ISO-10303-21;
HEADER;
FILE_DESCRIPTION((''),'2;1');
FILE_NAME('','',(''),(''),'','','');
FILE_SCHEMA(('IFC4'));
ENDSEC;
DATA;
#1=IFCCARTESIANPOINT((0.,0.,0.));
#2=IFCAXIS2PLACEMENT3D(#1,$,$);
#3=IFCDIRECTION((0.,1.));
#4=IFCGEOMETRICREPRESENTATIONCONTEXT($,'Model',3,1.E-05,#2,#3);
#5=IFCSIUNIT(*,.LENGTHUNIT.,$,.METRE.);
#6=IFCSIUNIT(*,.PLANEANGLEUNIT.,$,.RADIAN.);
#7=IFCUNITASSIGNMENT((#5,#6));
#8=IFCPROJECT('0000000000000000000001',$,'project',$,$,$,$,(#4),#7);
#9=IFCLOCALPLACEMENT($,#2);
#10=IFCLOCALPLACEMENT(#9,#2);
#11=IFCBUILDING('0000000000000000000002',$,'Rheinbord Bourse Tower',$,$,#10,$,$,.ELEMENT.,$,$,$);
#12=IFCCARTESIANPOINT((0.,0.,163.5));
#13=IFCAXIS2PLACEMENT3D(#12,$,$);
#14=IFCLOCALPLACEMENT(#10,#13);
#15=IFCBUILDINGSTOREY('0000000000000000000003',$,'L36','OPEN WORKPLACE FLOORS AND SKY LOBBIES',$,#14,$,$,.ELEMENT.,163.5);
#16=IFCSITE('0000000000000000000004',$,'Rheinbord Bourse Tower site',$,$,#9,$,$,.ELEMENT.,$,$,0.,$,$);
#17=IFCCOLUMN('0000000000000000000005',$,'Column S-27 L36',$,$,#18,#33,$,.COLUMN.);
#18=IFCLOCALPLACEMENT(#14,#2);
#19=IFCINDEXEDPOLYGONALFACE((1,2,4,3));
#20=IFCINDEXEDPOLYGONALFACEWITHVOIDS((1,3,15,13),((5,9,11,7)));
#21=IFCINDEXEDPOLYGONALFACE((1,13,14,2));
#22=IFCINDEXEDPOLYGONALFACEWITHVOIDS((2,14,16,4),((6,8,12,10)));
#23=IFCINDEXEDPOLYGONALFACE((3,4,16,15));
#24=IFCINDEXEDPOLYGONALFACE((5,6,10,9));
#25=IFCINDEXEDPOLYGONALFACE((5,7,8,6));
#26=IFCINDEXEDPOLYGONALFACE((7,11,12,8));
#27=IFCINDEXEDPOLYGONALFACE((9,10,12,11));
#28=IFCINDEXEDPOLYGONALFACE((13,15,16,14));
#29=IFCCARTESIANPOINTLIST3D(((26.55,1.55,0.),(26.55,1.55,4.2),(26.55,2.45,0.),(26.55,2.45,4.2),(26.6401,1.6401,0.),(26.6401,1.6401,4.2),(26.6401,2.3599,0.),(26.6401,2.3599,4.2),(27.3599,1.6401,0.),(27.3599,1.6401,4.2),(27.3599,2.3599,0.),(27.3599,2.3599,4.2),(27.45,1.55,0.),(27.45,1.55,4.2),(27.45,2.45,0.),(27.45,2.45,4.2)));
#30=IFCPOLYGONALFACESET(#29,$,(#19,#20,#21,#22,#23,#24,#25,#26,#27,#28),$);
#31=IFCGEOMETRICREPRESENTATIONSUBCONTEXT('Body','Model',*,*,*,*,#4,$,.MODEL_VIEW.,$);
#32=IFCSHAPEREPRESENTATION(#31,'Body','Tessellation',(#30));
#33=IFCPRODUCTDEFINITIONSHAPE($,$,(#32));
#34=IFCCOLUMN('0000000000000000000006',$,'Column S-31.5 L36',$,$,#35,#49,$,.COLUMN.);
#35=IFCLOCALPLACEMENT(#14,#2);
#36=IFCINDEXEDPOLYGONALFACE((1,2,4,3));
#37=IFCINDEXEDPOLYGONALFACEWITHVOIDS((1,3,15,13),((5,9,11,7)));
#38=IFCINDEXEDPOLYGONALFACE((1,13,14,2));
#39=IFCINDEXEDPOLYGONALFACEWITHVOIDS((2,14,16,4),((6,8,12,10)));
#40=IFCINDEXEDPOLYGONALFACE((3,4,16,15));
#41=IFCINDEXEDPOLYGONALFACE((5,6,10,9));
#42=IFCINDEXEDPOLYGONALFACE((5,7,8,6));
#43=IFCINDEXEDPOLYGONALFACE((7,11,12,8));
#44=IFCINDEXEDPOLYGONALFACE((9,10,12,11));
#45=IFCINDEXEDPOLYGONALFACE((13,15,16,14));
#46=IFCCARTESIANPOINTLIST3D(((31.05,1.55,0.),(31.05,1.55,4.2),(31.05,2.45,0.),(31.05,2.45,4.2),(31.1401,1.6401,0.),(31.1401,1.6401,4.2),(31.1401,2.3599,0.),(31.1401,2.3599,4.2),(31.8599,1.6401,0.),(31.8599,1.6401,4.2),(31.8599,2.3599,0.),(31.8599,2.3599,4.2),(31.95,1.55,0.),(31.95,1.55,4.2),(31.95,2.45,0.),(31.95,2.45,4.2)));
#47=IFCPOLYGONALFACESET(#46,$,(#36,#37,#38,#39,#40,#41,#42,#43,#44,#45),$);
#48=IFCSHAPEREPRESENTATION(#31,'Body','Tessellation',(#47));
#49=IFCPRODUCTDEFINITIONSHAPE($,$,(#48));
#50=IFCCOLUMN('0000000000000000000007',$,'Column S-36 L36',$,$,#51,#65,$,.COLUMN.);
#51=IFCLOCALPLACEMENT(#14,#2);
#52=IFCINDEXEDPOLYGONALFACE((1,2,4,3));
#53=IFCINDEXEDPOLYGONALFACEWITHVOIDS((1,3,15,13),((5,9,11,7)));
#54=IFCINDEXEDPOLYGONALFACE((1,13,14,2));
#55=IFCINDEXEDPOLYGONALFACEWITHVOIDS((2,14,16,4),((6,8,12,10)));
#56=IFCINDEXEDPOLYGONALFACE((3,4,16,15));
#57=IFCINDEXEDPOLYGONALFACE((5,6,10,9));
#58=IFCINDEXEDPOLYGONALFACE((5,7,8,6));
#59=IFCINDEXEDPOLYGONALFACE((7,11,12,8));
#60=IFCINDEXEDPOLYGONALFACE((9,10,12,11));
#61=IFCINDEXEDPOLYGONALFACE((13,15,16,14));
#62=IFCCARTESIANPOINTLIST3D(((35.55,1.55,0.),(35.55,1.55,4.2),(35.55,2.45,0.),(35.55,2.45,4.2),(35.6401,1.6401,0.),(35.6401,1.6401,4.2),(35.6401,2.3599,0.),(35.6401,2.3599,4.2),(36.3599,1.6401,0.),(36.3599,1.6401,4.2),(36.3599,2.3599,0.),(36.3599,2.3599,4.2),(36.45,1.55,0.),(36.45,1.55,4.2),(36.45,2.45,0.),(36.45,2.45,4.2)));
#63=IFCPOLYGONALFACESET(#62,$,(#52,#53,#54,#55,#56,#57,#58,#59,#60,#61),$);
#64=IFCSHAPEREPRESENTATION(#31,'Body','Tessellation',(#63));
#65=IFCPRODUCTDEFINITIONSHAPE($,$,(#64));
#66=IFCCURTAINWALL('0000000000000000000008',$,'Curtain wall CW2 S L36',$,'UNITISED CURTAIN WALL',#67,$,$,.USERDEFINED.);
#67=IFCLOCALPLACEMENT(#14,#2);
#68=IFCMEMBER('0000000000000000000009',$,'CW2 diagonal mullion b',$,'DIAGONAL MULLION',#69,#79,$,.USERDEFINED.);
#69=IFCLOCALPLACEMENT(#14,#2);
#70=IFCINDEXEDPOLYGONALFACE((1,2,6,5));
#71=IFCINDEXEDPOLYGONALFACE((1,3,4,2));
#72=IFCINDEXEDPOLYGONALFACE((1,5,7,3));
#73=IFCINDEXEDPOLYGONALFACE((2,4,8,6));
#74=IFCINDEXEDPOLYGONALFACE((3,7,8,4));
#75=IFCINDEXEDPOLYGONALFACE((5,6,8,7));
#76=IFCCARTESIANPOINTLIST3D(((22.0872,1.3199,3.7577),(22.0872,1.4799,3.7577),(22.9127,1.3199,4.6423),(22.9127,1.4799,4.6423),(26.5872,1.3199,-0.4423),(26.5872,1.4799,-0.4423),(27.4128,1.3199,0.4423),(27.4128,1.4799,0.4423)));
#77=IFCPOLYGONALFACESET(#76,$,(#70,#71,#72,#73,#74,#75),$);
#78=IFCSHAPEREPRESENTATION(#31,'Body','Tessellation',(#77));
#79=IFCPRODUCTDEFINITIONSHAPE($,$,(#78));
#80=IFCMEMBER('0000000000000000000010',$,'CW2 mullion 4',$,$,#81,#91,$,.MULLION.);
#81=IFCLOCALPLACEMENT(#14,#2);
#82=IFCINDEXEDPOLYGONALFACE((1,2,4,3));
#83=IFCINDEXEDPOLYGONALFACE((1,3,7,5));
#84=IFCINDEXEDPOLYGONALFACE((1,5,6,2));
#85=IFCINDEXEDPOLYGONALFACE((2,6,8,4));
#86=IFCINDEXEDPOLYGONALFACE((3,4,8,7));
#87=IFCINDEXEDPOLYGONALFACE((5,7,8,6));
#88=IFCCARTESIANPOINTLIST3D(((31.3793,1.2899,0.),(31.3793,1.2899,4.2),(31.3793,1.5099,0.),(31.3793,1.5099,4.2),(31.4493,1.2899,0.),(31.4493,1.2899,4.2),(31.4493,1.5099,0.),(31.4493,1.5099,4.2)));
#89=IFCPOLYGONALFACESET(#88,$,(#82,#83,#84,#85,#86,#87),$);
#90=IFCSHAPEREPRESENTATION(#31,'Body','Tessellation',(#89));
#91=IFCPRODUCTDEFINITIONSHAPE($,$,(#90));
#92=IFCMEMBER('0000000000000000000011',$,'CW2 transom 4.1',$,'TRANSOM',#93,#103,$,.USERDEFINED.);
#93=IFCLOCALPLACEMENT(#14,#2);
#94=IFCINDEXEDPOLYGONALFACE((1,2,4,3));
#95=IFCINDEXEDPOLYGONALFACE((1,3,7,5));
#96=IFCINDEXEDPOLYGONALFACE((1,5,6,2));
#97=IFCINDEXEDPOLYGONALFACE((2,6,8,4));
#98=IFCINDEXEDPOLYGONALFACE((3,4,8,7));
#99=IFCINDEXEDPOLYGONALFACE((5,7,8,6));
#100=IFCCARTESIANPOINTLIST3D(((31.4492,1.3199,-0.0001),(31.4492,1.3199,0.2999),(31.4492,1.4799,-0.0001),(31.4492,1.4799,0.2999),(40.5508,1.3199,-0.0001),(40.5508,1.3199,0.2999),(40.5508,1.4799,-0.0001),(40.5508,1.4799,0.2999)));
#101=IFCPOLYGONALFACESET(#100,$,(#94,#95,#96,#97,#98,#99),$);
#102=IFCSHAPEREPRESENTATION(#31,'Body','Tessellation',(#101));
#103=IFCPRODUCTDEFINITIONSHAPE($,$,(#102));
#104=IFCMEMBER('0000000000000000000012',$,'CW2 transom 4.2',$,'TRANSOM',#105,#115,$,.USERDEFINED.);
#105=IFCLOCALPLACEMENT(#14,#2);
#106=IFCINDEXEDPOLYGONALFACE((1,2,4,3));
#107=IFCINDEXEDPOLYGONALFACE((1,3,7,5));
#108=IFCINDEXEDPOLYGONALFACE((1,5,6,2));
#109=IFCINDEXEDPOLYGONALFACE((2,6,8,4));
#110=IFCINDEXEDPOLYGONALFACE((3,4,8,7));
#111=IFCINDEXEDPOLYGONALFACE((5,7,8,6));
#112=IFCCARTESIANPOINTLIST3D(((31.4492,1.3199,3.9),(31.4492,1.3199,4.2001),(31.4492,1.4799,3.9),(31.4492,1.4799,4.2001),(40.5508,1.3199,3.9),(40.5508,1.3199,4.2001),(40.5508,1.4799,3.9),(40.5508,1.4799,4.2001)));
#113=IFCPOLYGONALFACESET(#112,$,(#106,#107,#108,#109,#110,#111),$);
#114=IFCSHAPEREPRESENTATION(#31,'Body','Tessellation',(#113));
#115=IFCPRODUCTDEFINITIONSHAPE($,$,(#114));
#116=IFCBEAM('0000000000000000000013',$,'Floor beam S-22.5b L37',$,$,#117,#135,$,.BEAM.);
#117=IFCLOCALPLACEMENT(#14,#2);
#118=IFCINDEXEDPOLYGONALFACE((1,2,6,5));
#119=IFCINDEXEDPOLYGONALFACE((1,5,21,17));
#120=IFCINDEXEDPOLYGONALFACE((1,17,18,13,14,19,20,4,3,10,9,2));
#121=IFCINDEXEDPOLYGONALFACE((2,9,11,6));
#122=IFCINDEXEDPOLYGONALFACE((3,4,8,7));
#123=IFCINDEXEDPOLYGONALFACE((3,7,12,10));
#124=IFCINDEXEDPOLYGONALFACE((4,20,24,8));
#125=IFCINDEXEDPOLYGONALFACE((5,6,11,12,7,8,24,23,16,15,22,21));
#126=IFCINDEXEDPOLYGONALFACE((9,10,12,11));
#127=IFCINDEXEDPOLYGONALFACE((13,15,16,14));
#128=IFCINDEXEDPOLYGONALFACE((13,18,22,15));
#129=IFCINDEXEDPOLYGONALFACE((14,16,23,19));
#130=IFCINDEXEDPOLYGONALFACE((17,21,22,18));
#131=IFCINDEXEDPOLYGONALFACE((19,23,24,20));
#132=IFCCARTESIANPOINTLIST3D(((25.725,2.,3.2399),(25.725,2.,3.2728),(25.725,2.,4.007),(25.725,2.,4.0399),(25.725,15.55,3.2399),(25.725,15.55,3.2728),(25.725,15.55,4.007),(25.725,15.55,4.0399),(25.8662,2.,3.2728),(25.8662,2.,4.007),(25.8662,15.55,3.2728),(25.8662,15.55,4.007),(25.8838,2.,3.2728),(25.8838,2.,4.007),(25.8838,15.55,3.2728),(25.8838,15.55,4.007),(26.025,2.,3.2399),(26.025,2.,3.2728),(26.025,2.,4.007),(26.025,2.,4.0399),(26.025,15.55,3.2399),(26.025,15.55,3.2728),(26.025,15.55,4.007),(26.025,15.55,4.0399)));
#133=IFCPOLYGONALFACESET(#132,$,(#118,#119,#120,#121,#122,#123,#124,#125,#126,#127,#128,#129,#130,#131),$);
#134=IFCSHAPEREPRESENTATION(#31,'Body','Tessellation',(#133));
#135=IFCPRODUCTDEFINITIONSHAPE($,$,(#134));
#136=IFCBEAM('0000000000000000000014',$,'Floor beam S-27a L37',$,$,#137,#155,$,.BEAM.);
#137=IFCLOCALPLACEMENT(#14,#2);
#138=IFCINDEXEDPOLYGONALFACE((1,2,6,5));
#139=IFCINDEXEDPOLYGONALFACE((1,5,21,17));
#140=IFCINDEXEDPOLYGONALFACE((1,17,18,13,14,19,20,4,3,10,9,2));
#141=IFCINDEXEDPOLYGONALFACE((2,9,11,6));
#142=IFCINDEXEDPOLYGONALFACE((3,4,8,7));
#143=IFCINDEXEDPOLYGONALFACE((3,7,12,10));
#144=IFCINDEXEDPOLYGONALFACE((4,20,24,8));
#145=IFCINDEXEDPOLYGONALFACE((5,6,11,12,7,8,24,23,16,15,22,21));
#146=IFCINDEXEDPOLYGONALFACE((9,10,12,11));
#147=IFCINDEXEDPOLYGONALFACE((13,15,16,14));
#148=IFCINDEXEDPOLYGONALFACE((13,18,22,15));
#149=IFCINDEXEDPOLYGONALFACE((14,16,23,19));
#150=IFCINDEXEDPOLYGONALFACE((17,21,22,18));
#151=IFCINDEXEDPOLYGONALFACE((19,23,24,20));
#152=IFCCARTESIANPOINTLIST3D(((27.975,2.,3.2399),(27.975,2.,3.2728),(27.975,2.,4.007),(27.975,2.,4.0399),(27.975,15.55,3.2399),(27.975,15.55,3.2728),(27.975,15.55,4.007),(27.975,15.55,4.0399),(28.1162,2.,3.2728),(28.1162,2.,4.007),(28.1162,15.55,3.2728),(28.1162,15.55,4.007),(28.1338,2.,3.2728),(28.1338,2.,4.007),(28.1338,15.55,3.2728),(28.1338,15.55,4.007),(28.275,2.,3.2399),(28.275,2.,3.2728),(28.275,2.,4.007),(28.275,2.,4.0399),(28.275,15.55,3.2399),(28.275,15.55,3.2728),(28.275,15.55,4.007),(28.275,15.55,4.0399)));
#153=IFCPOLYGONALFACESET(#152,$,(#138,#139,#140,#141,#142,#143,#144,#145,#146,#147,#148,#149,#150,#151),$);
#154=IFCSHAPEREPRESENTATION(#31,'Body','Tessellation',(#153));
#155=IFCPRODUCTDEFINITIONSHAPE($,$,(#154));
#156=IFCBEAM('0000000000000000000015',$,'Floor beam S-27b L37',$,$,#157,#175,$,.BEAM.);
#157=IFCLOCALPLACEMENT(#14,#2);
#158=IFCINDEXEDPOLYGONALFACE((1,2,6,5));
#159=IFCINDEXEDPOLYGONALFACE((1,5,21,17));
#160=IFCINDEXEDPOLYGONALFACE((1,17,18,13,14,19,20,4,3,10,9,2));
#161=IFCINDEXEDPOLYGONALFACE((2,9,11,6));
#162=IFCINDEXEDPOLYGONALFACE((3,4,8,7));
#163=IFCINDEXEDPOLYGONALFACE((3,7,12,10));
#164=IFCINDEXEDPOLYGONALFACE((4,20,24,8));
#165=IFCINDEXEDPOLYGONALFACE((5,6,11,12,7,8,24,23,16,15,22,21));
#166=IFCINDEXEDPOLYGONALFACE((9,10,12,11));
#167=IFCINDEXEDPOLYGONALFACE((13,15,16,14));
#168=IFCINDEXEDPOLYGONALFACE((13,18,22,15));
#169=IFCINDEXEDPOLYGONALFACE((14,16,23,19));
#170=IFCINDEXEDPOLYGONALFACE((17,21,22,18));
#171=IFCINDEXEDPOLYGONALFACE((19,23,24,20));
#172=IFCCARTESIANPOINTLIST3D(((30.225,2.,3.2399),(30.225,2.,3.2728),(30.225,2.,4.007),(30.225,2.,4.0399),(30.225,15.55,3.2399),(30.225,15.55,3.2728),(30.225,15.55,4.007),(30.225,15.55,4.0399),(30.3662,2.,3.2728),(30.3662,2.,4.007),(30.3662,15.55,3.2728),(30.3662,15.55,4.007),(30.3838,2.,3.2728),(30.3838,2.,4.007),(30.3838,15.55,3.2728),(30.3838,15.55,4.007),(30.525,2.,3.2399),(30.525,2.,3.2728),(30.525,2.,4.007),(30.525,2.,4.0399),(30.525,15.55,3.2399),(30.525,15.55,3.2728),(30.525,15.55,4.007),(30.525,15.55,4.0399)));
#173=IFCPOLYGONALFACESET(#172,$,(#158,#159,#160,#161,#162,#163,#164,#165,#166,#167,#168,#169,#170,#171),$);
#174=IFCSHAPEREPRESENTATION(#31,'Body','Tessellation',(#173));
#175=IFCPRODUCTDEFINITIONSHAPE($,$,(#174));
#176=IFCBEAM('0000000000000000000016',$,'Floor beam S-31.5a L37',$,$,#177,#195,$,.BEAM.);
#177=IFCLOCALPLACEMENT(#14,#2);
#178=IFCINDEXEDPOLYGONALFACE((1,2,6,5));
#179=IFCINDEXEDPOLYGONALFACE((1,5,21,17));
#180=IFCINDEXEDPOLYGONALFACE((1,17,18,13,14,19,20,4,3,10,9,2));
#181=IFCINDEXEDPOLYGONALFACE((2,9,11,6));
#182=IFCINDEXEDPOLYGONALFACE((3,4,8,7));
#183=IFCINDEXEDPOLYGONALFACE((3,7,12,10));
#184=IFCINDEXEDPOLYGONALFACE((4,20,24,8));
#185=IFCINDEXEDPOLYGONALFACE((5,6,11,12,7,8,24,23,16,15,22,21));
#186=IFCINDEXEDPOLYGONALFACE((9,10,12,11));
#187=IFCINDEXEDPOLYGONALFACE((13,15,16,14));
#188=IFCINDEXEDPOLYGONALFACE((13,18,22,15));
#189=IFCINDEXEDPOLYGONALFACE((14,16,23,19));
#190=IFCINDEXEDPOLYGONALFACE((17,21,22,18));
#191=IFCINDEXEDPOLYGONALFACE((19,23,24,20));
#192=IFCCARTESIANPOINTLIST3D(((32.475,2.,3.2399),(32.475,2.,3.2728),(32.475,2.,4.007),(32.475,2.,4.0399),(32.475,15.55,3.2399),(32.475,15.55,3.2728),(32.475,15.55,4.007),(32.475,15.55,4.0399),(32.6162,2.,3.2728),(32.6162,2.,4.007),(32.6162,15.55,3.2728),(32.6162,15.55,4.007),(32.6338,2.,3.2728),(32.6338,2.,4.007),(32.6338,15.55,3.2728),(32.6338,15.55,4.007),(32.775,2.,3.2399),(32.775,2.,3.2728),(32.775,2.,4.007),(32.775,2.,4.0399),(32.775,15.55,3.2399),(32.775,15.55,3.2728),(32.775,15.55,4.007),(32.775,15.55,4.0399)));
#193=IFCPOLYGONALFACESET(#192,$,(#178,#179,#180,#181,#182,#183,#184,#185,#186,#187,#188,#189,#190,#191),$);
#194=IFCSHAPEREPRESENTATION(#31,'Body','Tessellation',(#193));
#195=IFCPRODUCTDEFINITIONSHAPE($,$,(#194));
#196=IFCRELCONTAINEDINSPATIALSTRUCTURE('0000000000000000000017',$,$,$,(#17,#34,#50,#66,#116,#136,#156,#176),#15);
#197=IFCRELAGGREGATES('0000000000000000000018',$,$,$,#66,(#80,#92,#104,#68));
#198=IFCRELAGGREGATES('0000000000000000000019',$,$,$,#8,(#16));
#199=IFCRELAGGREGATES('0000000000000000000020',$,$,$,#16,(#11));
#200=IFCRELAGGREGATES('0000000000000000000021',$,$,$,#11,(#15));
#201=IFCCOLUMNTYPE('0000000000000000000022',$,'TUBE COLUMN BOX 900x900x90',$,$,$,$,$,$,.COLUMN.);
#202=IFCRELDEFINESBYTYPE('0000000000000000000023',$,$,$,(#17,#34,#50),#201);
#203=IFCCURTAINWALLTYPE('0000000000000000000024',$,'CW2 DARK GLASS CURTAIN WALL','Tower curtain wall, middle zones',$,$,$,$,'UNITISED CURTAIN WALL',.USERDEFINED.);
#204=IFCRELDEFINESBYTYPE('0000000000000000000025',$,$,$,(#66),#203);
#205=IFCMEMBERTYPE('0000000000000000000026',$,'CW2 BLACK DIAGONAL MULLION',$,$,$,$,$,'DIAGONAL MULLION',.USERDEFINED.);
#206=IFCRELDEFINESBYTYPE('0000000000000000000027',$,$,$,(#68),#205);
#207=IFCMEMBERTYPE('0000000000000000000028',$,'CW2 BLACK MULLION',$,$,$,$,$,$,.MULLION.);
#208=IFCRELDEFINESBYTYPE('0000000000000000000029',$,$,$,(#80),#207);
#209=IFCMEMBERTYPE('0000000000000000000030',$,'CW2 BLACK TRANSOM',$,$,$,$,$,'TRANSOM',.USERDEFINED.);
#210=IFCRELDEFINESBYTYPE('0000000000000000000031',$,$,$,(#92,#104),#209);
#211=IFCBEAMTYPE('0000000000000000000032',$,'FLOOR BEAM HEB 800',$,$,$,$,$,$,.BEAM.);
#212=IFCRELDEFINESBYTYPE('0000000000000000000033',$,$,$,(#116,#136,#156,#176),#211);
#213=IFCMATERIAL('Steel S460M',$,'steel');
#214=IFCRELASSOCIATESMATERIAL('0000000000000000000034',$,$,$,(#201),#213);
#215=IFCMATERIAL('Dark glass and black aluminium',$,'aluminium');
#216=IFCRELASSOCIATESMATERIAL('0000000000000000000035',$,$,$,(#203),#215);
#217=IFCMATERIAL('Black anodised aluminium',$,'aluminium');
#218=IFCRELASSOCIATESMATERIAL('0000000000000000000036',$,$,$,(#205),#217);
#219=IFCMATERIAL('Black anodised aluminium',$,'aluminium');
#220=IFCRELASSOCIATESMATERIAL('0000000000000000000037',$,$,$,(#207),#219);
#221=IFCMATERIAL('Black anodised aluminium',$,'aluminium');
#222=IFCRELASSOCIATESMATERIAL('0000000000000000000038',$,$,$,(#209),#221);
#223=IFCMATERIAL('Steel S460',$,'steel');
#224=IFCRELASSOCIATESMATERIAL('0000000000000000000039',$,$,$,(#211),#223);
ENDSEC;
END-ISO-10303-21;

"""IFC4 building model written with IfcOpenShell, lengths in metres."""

from ifc_helpers import new_model, si_unit, direction, frame, origin, origin_2d, place, context, subcontext, project, spatial, rectangle, hollow_rectangle, i_section, extrude, material, material_profile, profile_set, type_object, element, aggregate, save


model = new_model("IFC4")

# Units and contexts
model_context = context("Model", 3, precision=1e-05, world=origin(), true_north=direction((0.0, 1.0)))
body_context = subcontext(model_context, "Body", "Model", "MODEL_VIEW")
ifc_project = project(units=[si_unit("LENGTHUNIT", "METRE"), si_unit("PLANEANGLEUNIT", "RADIAN")], contexts=[model_context])

# Site, building, storey
site_placement = place(None, origin())
site = spatial("IfcSite", under=ifc_project, at=site_placement, Name="Rheinbord Bourse Tower site", CompositionType="ELEMENT", RefElevation=0.0)
building_placement = place(site_placement, origin())
building = spatial("IfcBuilding", under=site, at=building_placement, Name="Rheinbord Bourse Tower", CompositionType="ELEMENT")
storey_placement = place(building_placement, frame((0.0, 0.0, 163.5)))
storey = spatial("IfcBuildingStorey", under=building, at=storey_placement, Name="L36", Description="OPEN WORKPLACE FLOORS AND SKY LOBBIES", CompositionType="ELEMENT", Elevation=163.5)

# Columns
ifc_material_1 = material(Name="Steel S460M", Category="steel")
ifc_material_profile_1 = material_profile(ifc_material_1, hollow_rectangle(XDim=0.8999, YDim=0.8999, WallThickness=0.0901, at=origin_2d()), Name="BOX 900x900x90")
ifc_profile_set_1 = profile_set([ifc_material_profile_1], Name="Steel S460M")
column_type = type_object("IfcColumnType", Name="TUBE COLUMN BOX 900x900x90", PredefinedType="COLUMN", material=ifc_profile_set_1)
for number, where, z_axis, x_axis, name in (
    (1, (27.0, 2.0, 0.0), (0.0, 0.0, 1.0), (0.0, 1.0, 0.0), "Column S-27 L36"),
    (2, (31.5, 2.0, 0.0), (0.0, 0.0, 1.0), (0.0, 1.0, 0.0), "Column S-31.5 L36"),
    (3, (36.0, 2.0, 0.0), (0.0, 0.0, 1.0), (0.0, 1.0, 0.0), "Column S-36 L36"),
):
    element("IfcColumn", number, at=place(storey_placement, frame(where, z_axis=z_axis, x_axis=x_axis)), inside=storey, type_object=column_type, Name=name, PredefinedType="COLUMN", context=body_context, shape_type="SweptSolid", body=[
        extrude(hollow_rectangle(XDim=0.8999, YDim=0.8999, WallThickness=0.0901, at=origin_2d()), origin(), (0.0, 0.0, 1.0), 4.2),
    ])

# Curtain wall, members
ifc_material_2 = material(Name="Dark glass and black aluminium", Category="aluminium")
curtain_wall_type = type_object("IfcCurtainWallType", Name="CW2 DARK GLASS CURTAIN WALL", Description="Tower curtain wall, middle zones", ElementType="UNITISED CURTAIN WALL", PredefinedType="USERDEFINED", material=ifc_material_2)
curtain_wall_placement = place(storey_placement, origin())
curtain_wall = element("IfcCurtainWall", 4, at=curtain_wall_placement, inside=storey, type_object=curtain_wall_type, Name="Curtain wall CW2 S L36", ObjectType="UNITISED CURTAIN WALL", PredefinedType="USERDEFINED")
ifc_material_3 = material(Name="Black anodised aluminium", Category="aluminium")
ifc_material_profile_2 = material_profile(ifc_material_3, rectangle(XDim=0.1599, YDim=1.21, at=origin_2d()), Name="CW2 DIAGONAL MULLION 1210x160")
ifc_profile_set_2 = profile_set([ifc_material_profile_2], Name="Black anodised aluminium")
member_type_1 = type_object("IfcMemberType", Name="CW2 BLACK DIAGONAL MULLION", ElementType="DIAGONAL MULLION", PredefinedType="USERDEFINED", material=ifc_profile_set_2)
member_1_placement = place(storey_placement, frame((27.0, 1.3999, 0.0), z_axis=(-0.731059, 0.0, 0.682314), x_axis=(0.0, -1.0, 0.0)))
member_1 = element("IfcMember", 5, at=member_1_placement, type_object=member_type_1, Name="CW2 diagonal mullion b", ObjectType="DIAGONAL MULLION", PredefinedType="USERDEFINED", context=body_context, shape_type="SweptSolid", body=[
    extrude(rectangle(XDim=0.1599, YDim=1.21, at=origin_2d()), origin(), (0.0, 0.0, 1.0), 6.1555),
])
ifc_material_4 = material(Name="Black anodised aluminium", Category="aluminium")
ifc_material_profile_3 = material_profile(ifc_material_4, rectangle(XDim=0.22, YDim=0.0701, at=origin_2d()), Name="CW2 MULLION 70x220")
ifc_profile_set_3 = profile_set([ifc_material_profile_3], Name="Black anodised aluminium")
member_type_2 = type_object("IfcMemberType", Name="CW2 BLACK MULLION", PredefinedType="MULLION", material=ifc_profile_set_3)
member_2_placement = place(storey_placement, frame((31.4143, 1.3999, 0.0), z_axis=(0.0, 0.0, 1.0), x_axis=(0.0, 1.0, 0.0)))
member_2 = element("IfcMember", 6, at=member_2_placement, type_object=member_type_2, Name="CW2 mullion 4", PredefinedType="MULLION", context=body_context, shape_type="SweptSolid", body=[
    extrude(rectangle(XDim=0.22, YDim=0.0701, at=origin_2d()), origin(), (0.0, 0.0, 1.0), 4.2),
])
ifc_material_5 = material(Name="Black anodised aluminium", Category="aluminium")
ifc_material_profile_4 = material_profile(ifc_material_5, rectangle(XDim=0.1599, YDim=0.3, at=origin_2d()), Name="CW2 TRANSOM 300x160")
ifc_profile_set_4 = profile_set([ifc_material_profile_4], Name="Black anodised aluminium")
member_type_3 = type_object("IfcMemberType", Name="CW2 BLACK TRANSOM", ElementType="TRANSOM", PredefinedType="USERDEFINED", material=ifc_profile_set_4)
member_3_placement = place(storey_placement, frame((31.4492, 1.3999, 0.1499), z_axis=(1.0, 0.0, 0.0), x_axis=(0.0, 1.0, 0.0)))
member_3 = element("IfcMember", 7, at=member_3_placement, type_object=member_type_3, Name="CW2 transom 4.1", ObjectType="TRANSOM", PredefinedType="USERDEFINED", context=body_context, shape_type="SweptSolid", body=[
    extrude(rectangle(XDim=0.1599, YDim=0.3, at=origin_2d()), origin(), (0.0, 0.0, 1.0), 9.1016),
])
member_4_placement = place(storey_placement, frame((31.4492, 1.3999, 4.05), z_axis=(1.0, 0.0, 0.0), x_axis=(0.0, 1.0, 0.0)))
member_4 = element("IfcMember", 8, at=member_4_placement, type_object=member_type_3, Name="CW2 transom 4.2", ObjectType="TRANSOM", PredefinedType="USERDEFINED", context=body_context, shape_type="SweptSolid", body=[
    extrude(rectangle(XDim=0.1599, YDim=0.3, at=origin_2d()), origin(), (0.0, 0.0, 1.0), 9.1016),
])

# Beams
ifc_material_6 = material(Name="Steel S460", Category="steel")
ifc_material_profile_5 = material_profile(ifc_material_6, i_section(OverallWidth=0.3, OverallDepth=0.8, WebThickness=0.0176, FlangeThickness=0.033, at=origin_2d()), Name="HEB 800")
ifc_profile_set_5 = profile_set([ifc_material_profile_5], Name="Steel S460")
beam_type_1 = type_object("IfcBeamType", Name="FLOOR BEAM HEB 800", PredefinedType="BEAM", material=ifc_profile_set_5)
for number, where, z_axis, x_axis, name in (
    (9, (25.875, 2.0, 3.6399), (0.0, 1.0, 0.0), (-1.0, 0.0, 0.0), "Floor beam S-22.5b L37"),
    (10, (28.125, 2.0, 3.6399), (0.0, 1.0, 0.0), (-1.0, 0.0, 0.0), "Floor beam S-27a L37"),
    (11, (30.375, 2.0, 3.6399), (0.0, 1.0, 0.0), (-1.0, 0.0, 0.0), "Floor beam S-27b L37"),
    (12, (32.625, 2.0, 3.6399), (0.0, 1.0, 0.0), (-1.0, 0.0, 0.0), "Floor beam S-31.5a L37"),
):
    element("IfcBeam", number, at=place(storey_placement, frame(where, z_axis=z_axis, x_axis=x_axis)), inside=storey, type_object=beam_type_1, Name=name, PredefinedType="BEAM", context=body_context, shape_type="SweptSolid", body=[
        extrude(i_section(OverallWidth=0.3, OverallDepth=0.8, WebThickness=0.0176, FlangeThickness=0.033, at=origin_2d()), origin(), (0.0, 0.0, 1.0), 13.55),
    ])

aggregate(curtain_wall, [member_2, member_3, member_4, member_1])

save(model, "model.ifc")
